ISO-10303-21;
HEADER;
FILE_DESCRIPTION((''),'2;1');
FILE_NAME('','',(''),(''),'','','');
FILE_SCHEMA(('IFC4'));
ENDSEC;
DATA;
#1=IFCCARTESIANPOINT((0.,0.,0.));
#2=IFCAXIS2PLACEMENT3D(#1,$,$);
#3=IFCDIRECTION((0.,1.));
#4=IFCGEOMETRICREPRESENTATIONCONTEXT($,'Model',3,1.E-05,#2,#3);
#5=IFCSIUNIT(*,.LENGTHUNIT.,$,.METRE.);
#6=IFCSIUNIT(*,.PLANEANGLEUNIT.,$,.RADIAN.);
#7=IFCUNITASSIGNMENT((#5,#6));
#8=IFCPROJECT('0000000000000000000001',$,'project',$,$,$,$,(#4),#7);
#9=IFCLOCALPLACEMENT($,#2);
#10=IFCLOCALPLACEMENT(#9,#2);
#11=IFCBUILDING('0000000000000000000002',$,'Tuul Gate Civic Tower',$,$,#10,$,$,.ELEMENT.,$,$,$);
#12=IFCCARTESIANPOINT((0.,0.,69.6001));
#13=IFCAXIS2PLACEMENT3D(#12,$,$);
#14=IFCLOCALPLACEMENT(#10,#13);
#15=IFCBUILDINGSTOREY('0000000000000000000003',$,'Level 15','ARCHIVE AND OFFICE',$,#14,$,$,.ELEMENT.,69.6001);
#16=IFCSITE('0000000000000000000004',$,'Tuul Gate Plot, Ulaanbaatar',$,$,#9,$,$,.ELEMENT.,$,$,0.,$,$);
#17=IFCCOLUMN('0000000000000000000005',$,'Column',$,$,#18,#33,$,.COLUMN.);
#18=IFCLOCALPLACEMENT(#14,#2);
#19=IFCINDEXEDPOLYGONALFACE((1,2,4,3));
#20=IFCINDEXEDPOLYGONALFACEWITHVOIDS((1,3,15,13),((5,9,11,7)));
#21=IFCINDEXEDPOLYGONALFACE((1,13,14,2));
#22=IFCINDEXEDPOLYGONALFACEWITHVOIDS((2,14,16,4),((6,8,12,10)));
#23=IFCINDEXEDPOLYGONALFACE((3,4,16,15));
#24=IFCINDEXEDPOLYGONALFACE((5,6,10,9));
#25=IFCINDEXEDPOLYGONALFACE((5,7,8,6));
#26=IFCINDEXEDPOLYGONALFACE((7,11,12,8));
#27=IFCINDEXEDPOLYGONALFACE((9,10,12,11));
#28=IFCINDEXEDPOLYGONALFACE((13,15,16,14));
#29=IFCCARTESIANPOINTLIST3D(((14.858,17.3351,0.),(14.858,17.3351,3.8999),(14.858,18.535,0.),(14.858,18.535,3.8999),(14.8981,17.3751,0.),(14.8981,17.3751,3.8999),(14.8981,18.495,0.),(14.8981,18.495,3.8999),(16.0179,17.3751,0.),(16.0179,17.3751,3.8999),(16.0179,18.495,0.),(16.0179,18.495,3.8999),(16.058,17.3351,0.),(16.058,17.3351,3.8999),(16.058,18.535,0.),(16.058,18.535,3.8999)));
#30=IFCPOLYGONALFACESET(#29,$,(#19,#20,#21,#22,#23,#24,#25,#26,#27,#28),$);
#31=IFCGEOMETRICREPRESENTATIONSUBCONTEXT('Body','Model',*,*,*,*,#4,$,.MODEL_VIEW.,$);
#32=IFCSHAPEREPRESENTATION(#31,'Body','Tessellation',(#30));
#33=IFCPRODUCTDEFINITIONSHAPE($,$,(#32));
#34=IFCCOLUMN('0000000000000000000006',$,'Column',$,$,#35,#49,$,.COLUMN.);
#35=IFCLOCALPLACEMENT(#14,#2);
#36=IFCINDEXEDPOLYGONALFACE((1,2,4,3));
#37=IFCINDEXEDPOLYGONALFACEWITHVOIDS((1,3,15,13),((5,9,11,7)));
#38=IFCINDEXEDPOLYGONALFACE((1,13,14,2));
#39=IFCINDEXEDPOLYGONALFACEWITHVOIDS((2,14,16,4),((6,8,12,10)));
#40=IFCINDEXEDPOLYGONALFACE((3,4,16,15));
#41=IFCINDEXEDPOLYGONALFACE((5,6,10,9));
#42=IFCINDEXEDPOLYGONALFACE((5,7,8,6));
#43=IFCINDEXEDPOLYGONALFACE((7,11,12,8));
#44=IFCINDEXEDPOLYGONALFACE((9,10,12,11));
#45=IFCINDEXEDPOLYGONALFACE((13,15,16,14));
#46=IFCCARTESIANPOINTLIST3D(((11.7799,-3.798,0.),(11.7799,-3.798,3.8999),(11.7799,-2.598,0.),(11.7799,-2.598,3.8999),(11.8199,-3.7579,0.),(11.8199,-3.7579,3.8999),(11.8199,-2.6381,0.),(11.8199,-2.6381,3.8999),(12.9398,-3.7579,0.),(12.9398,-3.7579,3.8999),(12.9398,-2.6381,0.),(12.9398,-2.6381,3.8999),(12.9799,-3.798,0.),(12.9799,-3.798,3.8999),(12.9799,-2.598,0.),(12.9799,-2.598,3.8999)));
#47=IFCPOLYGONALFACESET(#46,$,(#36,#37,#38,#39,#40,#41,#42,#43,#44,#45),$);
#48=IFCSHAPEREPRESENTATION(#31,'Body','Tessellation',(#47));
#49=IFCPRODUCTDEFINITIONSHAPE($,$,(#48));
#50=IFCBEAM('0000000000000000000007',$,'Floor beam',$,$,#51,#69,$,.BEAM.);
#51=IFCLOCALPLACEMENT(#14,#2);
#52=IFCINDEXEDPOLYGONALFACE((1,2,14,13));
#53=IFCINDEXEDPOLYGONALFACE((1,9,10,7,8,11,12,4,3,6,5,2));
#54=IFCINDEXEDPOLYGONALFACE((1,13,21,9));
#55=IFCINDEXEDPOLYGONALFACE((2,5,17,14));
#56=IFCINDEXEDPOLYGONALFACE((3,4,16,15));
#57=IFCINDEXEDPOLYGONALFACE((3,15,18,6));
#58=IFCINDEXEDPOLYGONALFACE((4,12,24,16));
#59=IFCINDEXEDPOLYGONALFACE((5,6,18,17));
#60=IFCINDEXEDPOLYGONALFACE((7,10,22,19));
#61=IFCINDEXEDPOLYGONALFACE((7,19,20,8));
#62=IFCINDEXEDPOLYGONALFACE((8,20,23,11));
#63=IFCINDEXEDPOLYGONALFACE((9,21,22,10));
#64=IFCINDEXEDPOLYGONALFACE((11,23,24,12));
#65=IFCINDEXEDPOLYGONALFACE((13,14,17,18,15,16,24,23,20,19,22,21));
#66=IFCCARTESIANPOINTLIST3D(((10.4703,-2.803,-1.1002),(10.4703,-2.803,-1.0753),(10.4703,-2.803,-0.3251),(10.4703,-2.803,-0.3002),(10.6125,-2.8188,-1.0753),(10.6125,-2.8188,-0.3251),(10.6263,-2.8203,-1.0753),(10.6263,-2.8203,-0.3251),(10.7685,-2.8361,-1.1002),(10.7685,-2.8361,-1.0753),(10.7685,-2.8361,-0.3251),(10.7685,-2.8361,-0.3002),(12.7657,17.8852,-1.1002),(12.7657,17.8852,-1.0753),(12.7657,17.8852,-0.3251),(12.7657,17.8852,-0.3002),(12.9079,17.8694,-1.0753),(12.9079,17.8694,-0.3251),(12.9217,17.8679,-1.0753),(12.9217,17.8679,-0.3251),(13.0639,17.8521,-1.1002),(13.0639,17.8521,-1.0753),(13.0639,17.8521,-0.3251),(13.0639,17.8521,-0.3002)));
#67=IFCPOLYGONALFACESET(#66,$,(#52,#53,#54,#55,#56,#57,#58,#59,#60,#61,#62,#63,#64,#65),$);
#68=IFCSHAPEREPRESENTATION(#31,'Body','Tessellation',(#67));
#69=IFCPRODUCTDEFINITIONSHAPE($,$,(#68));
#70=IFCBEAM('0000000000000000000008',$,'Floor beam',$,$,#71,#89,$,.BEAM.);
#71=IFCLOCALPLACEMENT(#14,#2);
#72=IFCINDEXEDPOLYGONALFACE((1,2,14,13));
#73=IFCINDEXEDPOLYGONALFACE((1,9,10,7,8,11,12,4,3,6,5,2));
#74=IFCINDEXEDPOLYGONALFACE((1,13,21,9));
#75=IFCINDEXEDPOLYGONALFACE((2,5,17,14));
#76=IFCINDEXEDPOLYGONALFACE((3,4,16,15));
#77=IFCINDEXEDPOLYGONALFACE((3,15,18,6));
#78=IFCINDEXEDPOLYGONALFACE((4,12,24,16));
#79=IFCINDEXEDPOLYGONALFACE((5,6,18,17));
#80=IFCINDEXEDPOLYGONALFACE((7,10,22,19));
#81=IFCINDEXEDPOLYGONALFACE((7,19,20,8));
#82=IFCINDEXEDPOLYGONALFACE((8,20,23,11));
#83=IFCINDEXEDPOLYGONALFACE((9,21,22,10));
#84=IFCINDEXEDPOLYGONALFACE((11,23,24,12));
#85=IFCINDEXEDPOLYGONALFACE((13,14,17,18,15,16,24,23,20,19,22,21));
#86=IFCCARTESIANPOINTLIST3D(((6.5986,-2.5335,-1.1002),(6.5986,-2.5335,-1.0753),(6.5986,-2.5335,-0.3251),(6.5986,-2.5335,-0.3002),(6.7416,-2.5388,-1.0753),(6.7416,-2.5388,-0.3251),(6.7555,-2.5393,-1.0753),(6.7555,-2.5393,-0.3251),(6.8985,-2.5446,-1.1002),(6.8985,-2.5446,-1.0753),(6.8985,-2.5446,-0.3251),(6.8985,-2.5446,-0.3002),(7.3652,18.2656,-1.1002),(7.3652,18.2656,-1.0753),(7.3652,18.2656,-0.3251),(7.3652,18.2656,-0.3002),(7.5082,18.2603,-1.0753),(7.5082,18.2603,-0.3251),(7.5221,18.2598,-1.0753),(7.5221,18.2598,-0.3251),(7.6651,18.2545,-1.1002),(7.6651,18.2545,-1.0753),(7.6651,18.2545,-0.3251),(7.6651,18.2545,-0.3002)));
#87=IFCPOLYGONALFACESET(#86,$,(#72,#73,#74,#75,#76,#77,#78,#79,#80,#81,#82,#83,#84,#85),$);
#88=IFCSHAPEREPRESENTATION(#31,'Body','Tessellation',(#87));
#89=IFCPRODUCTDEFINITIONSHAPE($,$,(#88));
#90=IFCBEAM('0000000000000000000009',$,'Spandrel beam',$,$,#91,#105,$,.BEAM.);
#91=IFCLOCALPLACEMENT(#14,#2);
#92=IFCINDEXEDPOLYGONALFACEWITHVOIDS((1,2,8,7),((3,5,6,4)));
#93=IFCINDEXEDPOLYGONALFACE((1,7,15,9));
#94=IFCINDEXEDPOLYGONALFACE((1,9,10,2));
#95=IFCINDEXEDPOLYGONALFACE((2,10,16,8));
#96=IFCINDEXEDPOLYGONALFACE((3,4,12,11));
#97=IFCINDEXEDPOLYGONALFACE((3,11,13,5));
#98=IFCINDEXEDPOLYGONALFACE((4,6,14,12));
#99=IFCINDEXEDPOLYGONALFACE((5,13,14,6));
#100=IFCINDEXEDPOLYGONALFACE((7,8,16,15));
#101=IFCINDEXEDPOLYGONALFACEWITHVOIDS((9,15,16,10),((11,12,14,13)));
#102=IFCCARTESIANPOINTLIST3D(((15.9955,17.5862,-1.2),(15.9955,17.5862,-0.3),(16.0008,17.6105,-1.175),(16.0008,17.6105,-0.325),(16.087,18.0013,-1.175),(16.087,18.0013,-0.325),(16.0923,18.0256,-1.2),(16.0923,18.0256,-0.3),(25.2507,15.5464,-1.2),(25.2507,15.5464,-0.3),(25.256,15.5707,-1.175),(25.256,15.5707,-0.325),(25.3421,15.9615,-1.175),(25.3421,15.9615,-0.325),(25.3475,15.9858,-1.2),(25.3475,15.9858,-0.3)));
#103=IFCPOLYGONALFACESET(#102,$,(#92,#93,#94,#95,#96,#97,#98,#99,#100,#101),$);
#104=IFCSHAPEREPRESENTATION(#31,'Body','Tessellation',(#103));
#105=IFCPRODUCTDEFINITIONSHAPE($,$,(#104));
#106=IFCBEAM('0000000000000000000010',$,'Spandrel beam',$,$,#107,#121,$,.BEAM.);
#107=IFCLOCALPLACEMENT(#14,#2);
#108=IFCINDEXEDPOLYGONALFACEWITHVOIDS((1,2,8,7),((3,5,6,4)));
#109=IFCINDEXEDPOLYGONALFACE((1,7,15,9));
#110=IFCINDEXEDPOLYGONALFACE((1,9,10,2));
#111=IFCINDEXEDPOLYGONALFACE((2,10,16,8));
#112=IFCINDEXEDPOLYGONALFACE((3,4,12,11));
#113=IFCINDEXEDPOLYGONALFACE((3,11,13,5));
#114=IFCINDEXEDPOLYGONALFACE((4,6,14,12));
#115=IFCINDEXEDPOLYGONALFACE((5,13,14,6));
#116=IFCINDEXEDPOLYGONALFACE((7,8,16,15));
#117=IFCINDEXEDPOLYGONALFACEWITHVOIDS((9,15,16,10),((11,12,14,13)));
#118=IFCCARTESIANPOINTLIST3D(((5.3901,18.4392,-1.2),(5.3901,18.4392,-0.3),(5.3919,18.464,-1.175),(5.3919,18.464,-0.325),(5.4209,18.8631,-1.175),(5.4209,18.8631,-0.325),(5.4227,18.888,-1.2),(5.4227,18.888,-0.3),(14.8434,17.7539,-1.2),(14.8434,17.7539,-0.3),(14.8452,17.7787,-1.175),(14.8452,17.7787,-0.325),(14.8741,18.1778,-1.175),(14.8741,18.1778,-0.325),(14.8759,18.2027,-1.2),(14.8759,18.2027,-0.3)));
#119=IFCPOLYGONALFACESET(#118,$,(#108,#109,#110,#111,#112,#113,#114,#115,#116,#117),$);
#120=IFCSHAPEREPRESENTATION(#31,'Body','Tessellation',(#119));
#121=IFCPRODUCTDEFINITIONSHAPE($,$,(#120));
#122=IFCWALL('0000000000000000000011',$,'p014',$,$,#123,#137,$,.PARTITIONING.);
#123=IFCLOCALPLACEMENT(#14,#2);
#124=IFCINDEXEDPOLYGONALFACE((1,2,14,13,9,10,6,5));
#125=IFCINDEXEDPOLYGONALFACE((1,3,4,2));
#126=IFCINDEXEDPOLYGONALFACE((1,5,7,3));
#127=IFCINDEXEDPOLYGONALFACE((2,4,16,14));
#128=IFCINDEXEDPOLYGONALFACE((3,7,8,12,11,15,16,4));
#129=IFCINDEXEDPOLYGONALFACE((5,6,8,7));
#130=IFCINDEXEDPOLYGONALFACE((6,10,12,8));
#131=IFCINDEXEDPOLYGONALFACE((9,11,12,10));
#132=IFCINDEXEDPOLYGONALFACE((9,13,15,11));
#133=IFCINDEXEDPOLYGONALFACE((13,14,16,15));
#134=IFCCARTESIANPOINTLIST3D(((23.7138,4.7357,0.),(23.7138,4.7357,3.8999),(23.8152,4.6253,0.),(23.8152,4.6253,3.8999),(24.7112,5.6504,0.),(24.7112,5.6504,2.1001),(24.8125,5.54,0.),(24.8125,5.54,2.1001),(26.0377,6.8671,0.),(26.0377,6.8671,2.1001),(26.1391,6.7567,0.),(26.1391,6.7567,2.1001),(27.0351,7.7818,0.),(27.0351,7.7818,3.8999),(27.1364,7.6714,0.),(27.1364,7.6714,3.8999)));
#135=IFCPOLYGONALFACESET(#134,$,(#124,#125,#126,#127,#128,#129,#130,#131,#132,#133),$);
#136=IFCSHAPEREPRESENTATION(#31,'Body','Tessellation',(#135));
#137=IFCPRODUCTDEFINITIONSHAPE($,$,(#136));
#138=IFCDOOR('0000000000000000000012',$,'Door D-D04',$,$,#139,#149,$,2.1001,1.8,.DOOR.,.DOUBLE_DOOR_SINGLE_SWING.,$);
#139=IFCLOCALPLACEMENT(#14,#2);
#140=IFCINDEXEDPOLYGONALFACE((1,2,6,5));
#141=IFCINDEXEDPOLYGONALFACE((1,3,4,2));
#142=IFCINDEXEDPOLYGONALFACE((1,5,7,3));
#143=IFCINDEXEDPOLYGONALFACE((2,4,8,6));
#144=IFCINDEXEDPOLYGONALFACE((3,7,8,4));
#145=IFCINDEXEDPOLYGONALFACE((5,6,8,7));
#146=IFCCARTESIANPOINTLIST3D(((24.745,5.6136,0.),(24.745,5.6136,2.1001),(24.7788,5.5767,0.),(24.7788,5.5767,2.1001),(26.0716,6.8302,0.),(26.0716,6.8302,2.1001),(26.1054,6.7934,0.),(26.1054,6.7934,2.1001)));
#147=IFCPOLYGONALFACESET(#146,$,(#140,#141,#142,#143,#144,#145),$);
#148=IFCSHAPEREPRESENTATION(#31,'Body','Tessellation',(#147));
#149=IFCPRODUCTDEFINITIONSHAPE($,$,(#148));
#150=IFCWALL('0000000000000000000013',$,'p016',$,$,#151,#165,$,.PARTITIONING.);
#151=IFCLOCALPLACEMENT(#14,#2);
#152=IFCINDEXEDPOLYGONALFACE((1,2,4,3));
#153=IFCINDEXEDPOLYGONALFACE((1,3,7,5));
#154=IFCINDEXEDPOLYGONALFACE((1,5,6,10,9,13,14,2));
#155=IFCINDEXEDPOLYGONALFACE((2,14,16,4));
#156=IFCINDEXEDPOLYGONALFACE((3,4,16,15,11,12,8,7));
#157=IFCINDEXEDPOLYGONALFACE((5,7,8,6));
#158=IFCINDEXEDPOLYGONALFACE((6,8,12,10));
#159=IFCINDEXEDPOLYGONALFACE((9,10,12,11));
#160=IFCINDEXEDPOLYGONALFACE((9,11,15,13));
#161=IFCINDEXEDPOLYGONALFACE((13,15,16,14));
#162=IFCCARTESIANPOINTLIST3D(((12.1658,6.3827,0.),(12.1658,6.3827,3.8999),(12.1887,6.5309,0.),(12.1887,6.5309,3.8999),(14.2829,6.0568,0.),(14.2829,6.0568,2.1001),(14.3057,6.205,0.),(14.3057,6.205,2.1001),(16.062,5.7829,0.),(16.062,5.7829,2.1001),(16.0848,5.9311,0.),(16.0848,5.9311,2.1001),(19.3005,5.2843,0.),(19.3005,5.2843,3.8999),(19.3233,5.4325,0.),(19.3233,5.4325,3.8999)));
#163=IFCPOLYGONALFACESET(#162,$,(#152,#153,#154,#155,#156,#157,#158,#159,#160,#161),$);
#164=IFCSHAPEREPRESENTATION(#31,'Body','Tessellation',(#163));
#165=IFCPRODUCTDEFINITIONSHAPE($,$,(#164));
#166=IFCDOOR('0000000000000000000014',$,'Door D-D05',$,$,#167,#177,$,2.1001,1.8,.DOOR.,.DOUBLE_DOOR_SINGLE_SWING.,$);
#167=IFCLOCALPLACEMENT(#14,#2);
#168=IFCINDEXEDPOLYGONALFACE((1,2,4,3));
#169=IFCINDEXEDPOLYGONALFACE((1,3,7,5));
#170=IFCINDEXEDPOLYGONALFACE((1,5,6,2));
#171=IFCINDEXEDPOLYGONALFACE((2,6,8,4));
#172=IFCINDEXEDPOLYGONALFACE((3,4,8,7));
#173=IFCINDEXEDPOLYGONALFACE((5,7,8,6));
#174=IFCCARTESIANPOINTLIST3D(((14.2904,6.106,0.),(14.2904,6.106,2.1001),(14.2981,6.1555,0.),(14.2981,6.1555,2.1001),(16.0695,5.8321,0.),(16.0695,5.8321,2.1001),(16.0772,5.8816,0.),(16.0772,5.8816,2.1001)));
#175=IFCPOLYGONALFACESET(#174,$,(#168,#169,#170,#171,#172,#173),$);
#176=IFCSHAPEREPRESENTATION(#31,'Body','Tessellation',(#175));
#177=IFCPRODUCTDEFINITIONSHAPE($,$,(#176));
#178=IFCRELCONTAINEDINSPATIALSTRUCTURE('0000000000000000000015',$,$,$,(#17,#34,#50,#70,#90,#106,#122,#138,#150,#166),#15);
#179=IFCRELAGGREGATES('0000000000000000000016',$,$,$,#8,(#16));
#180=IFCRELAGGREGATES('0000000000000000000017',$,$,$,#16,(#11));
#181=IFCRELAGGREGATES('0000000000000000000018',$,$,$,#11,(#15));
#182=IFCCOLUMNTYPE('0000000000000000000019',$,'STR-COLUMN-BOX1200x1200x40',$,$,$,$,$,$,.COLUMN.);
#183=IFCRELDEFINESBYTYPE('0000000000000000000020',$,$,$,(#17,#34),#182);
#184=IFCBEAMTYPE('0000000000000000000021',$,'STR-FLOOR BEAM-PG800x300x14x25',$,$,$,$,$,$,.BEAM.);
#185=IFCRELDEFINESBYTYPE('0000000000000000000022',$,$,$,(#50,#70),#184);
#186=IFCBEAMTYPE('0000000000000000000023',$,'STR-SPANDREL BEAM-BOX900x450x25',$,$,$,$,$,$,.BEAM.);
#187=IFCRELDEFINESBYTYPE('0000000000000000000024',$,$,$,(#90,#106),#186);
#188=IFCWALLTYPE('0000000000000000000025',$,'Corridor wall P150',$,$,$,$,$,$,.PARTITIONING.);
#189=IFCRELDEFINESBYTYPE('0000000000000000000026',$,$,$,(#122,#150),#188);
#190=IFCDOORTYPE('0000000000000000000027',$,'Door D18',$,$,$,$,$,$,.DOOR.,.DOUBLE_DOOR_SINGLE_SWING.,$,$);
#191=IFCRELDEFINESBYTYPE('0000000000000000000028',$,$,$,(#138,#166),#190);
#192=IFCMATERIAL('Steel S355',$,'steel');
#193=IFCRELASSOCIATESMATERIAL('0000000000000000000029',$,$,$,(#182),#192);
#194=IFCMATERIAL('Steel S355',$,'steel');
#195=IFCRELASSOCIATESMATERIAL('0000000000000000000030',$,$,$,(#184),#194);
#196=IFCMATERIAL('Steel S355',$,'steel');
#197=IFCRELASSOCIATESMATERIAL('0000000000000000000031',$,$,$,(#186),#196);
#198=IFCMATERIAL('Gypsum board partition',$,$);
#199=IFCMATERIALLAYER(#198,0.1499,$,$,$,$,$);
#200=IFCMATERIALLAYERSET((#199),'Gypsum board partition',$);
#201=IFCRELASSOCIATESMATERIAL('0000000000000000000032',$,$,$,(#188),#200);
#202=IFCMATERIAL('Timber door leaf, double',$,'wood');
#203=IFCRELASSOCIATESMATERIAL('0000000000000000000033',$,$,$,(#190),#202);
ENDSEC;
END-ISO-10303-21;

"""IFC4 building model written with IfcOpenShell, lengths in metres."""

from ifc_helpers import new_model, si_unit, direction, frame, frame_2d, origin, origin_2d, place, context, subcontext, project, spatial, rectangle, hollow_rectangle, i_section, extrude, material, layer, layer_set, material_profile, profile_set, type_object, element, fill, save


model = new_model("IFC4")

# Units and contexts
model_context = context("Model", 3, precision=1e-05, world=origin(), true_north=direction((0.0, 1.0)))
body_context = subcontext(model_context, "Body", "Model", "MODEL_VIEW")
ifc_project = project(units=[si_unit("LENGTHUNIT", "METRE"), si_unit("PLANEANGLEUNIT", "RADIAN")], contexts=[model_context])

# Site, building, storey
site_placement = place(None, origin())
site = spatial("IfcSite", under=ifc_project, at=site_placement, Name="Tuul Gate Plot, Ulaanbaatar", CompositionType="ELEMENT", RefElevation=0.0)
building_placement = place(site_placement, origin())
building = spatial("IfcBuilding", under=site, at=building_placement, Name="Tuul Gate Civic Tower", CompositionType="ELEMENT")
storey_placement = place(building_placement, frame((0.0, 0.0, 69.6001)))
storey = spatial("IfcBuildingStorey", under=building, at=storey_placement, Name="Level 15", Description="ARCHIVE AND OFFICE", CompositionType="ELEMENT", Elevation=69.6001)

# Columns
ifc_material_1 = material(Name="Steel S355", Category="steel")
ifc_material_profile_1 = material_profile(ifc_material_1, hollow_rectangle(XDim=1.2, YDim=1.2, WallThickness=0.04, at=origin_2d()), Name="BOX1200x1200x40")
ifc_profile_set_1 = profile_set([ifc_material_profile_1], Name="Steel S355")
column_type = type_object("IfcColumnType", Name="STR-COLUMN-BOX1200x1200x40", PredefinedType="COLUMN", material=ifc_profile_set_1)
for number, where, z_axis, x_axis, name in (
    (1, (15.458, 17.9351, 0.0), (0.0, 0.0, 1.0), (1.0, 0.0, 0.0), "Column"),
    (2, (12.3799, -3.198, 0.0), (0.0, 0.0, 1.0), (1.0, 0.0, 0.0), "Column"),
):
    element("IfcColumn", number, at=place(storey_placement, frame(where, z_axis=z_axis, x_axis=x_axis)), inside=storey, type_object=column_type, Name=name, PredefinedType="COLUMN", context=body_context, shape_type="SweptSolid", body=[
        extrude(hollow_rectangle(XDim=1.2, YDim=1.2, WallThickness=0.04, at=origin_2d()), origin(), (0.0, 0.0, 1.0), 3.8999),
    ])

# Beams
ifc_material_2 = material(Name="Steel S355", Category="steel")
ifc_material_profile_2 = material_profile(ifc_material_2, i_section(OverallWidth=0.3, OverallDepth=0.8, WebThickness=0.0139, FlangeThickness=0.0249, at=origin_2d()), Name="PG800x300x14x25")
ifc_profile_set_2 = profile_set([ifc_material_profile_2], Name="Steel S355")
beam_type_1 = type_object("IfcBeamType", Name="STR-FLOOR BEAM-PG800x300x14x25", PredefinedType="BEAM", material=ifc_profile_set_2)
beam_1_placement = place(storey_placement, frame((10.6194, -2.8196, -0.7002), z_axis=(0.110276, 0.993901, 0.0), x_axis=(-0.993901, 0.110276, 0.0)))
element("IfcBeam", 3, at=beam_1_placement, inside=storey, type_object=beam_type_1, Name="Floor beam", PredefinedType="BEAM", context=body_context, shape_type="SweptSolid", body=[
    extrude(i_section(OverallWidth=0.3, OverallDepth=0.8, WebThickness=0.0139, FlangeThickness=0.0249, at=origin_2d()), origin(), (0.0, 0.0, 1.0), 20.8152),
])
beam_2_placement = place(storey_placement, frame((6.7485, -2.5391, -0.7002), z_axis=(0.036832, 0.999321, 0.0), x_axis=(-0.999321, 0.036832, 0.0)))
element("IfcBeam", 4, at=beam_2_placement, inside=storey, type_object=beam_type_1, Name="Floor beam", PredefinedType="BEAM", context=body_context, shape_type="SweptSolid", body=[
    extrude(i_section(OverallWidth=0.3, OverallDepth=0.8, WebThickness=0.0139, FlangeThickness=0.0249, at=origin_2d()), origin(), (0.0, 0.0, 1.0), 20.8132),
])
ifc_material_3 = material(Name="Steel S355", Category="steel")
ifc_material_profile_3 = material_profile(ifc_material_3, hollow_rectangle(XDim=0.45, YDim=0.8999, WallThickness=0.0249, at=origin_2d()), Name="BOX900x450x25")
ifc_profile_set_3 = profile_set([ifc_material_profile_3], Name="Steel S355")
beam_type_2 = type_object("IfcBeamType", Name="STR-SPANDREL BEAM-BOX900x450x25", PredefinedType="BEAM", material=ifc_profile_set_3)
beam_3_placement = place(storey_placement, frame((25.2991, 15.7661, -0.75), z_axis=(-0.976563, 0.215231, 0.0), x_axis=(-0.215231, -0.976563, 0.0)))
element("IfcBeam", 5, at=beam_3_placement, inside=storey, type_object=beam_type_2, Name="Spandrel beam", PredefinedType="BEAM", context=body_context, shape_type="SweptSolid", body=[
    extrude(hollow_rectangle(XDim=0.45, YDim=0.8999, WallThickness=0.0249, at=origin_2d()), origin(), (0.0, 0.0, 1.0), 9.4773),
])
beam_4_placement = place(storey_placement, frame((14.8596, 17.9783, -0.75), z_axis=(-0.997383, 0.072305, 0.0), x_axis=(-0.072305, -0.997383, 0.0)))
element("IfcBeam", 6, at=beam_4_placement, inside=storey, type_object=beam_type_2, Name="Spandrel beam", PredefinedType="BEAM", context=body_context, shape_type="SweptSolid", body=[
    extrude(hollow_rectangle(XDim=0.45, YDim=0.8999, WallThickness=0.0249, at=origin_2d()), origin(), (0.0, 0.0, 1.0), 9.478),
])

# Walls, openings, doors
ifc_material_4 = material(Name="Gypsum board partition")
ifc_layer_1 = layer(ifc_material_4, 0.1499)
ifc_layer_set_1 = layer_set([ifc_layer_1], Name="Gypsum board partition")
wall_type_1 = type_object("IfcWallType", Name="Corridor wall P150", PredefinedType="PARTITIONING", material=ifc_layer_set_1)
wall_1_placement = place(storey_placement, frame((23.7644, 4.6804, 0.0), z_axis=(0.0, 0.0, 1.0), x_axis=(0.736974, 0.675921, 0.0)))
wall_1 = element("IfcWall", 7, at=wall_1_placement, inside=storey, type_object=wall_type_1, Name="p014", PredefinedType="PARTITIONING", context=body_context, shape_type="SweptSolid", body=[
    extrude(rectangle(XDim=4.5066, YDim=0.1499, at=frame_2d((2.2534, 0.0))), origin(), (0.0, 0.0, 1.0), 3.8999),
])
opening_1_placement = place(wall_1_placement, frame((1.3535, 0.0, 0.0)))
opening_1 = element("IfcOpeningElement", 8, at=opening_1_placement, cuts=wall_1, PredefinedType="OPENING", context=body_context, shape_type="SweptSolid", body=[
    extrude(rectangle(XDim=1.8, YDim=2.1001, at=frame_2d((0.8999, 1.05))), frame((0.0, 0.085, 0.0), z_axis=(0.0, -1.0, 0.0), x_axis=(1.0, 0.0, 0.0)), (0.0, 0.0, 1.0), 0.1699),
])
ifc_material_5 = material(Name="Timber door leaf, double", Category="wood")
door_type_1 = type_object("IfcDoorType", Name="Door D18", OperationType="DOUBLE_DOOR_SINGLE_SWING", PredefinedType="DOOR", material=ifc_material_5)
door_1_placement = place(opening_1_placement, origin())
door_1 = element("IfcDoor", 9, at=door_1_placement, inside=storey, type_object=door_type_1, Name="Door D-D04", OperationType="DOUBLE_DOOR_SINGLE_SWING", OverallHeight=2.1001, OverallWidth=1.8, PredefinedType="DOOR", context=body_context, shape_type="SweptSolid", body=[
    extrude(rectangle(XDim=1.8, YDim=2.1001, at=frame_2d((0.8999, 1.05))), frame((0.0, 0.0249, 0.0), z_axis=(0.0, -1.0, 0.0), x_axis=(1.0, 0.0, 0.0)), (0.0, 0.0, 1.0), 0.05),
])
fill(opening_1, door_1)
wall_2_placement = place(storey_placement, frame((12.1772, 6.4568, 0.0), z_axis=(0.0, 0.0, 1.0), x_axis=(0.988356, -0.152156, 0.0)))
wall_2 = element("IfcWall", 10, at=wall_2_placement, inside=storey, type_object=wall_type_1, Name="p016", PredefinedType="PARTITIONING", context=body_context, shape_type="SweptSolid", body=[
    extrude(rectangle(XDim=7.2188, YDim=0.1499, at=frame_2d((3.6094, 0.0))), origin(), (0.0, 0.0, 1.0), 3.8999),
])
opening_2_placement = place(wall_2_placement, frame((2.1421, 0.0, 0.0)))
opening_2 = element("IfcOpeningElement", 11, at=opening_2_placement, cuts=wall_2, PredefinedType="OPENING", context=body_context, shape_type="SweptSolid", body=[
    extrude(rectangle(XDim=1.8, YDim=2.1001, at=frame_2d((0.8999, 1.05))), frame((0.0, 0.085, 0.0), z_axis=(0.0, -1.0, 0.0), x_axis=(1.0, 0.0, 0.0)), (0.0, 0.0, 1.0), 0.1699),
])
door_2_placement = place(opening_2_placement, origin())
door_2 = element("IfcDoor", 12, at=door_2_placement, inside=storey, type_object=door_type_1, Name="Door D-D05", OperationType="DOUBLE_DOOR_SINGLE_SWING", OverallHeight=2.1001, OverallWidth=1.8, PredefinedType="DOOR", context=body_context, shape_type="SweptSolid", body=[
    extrude(rectangle(XDim=1.8, YDim=2.1001, at=frame_2d((0.8999, 1.05))), frame((0.0, 0.0249, 0.0), z_axis=(0.0, -1.0, 0.0), x_axis=(1.0, 0.0, 0.0)), (0.0, 0.0, 1.0), 0.05),
])
fill(opening_2, door_2)

save(model, "model.ifc")
